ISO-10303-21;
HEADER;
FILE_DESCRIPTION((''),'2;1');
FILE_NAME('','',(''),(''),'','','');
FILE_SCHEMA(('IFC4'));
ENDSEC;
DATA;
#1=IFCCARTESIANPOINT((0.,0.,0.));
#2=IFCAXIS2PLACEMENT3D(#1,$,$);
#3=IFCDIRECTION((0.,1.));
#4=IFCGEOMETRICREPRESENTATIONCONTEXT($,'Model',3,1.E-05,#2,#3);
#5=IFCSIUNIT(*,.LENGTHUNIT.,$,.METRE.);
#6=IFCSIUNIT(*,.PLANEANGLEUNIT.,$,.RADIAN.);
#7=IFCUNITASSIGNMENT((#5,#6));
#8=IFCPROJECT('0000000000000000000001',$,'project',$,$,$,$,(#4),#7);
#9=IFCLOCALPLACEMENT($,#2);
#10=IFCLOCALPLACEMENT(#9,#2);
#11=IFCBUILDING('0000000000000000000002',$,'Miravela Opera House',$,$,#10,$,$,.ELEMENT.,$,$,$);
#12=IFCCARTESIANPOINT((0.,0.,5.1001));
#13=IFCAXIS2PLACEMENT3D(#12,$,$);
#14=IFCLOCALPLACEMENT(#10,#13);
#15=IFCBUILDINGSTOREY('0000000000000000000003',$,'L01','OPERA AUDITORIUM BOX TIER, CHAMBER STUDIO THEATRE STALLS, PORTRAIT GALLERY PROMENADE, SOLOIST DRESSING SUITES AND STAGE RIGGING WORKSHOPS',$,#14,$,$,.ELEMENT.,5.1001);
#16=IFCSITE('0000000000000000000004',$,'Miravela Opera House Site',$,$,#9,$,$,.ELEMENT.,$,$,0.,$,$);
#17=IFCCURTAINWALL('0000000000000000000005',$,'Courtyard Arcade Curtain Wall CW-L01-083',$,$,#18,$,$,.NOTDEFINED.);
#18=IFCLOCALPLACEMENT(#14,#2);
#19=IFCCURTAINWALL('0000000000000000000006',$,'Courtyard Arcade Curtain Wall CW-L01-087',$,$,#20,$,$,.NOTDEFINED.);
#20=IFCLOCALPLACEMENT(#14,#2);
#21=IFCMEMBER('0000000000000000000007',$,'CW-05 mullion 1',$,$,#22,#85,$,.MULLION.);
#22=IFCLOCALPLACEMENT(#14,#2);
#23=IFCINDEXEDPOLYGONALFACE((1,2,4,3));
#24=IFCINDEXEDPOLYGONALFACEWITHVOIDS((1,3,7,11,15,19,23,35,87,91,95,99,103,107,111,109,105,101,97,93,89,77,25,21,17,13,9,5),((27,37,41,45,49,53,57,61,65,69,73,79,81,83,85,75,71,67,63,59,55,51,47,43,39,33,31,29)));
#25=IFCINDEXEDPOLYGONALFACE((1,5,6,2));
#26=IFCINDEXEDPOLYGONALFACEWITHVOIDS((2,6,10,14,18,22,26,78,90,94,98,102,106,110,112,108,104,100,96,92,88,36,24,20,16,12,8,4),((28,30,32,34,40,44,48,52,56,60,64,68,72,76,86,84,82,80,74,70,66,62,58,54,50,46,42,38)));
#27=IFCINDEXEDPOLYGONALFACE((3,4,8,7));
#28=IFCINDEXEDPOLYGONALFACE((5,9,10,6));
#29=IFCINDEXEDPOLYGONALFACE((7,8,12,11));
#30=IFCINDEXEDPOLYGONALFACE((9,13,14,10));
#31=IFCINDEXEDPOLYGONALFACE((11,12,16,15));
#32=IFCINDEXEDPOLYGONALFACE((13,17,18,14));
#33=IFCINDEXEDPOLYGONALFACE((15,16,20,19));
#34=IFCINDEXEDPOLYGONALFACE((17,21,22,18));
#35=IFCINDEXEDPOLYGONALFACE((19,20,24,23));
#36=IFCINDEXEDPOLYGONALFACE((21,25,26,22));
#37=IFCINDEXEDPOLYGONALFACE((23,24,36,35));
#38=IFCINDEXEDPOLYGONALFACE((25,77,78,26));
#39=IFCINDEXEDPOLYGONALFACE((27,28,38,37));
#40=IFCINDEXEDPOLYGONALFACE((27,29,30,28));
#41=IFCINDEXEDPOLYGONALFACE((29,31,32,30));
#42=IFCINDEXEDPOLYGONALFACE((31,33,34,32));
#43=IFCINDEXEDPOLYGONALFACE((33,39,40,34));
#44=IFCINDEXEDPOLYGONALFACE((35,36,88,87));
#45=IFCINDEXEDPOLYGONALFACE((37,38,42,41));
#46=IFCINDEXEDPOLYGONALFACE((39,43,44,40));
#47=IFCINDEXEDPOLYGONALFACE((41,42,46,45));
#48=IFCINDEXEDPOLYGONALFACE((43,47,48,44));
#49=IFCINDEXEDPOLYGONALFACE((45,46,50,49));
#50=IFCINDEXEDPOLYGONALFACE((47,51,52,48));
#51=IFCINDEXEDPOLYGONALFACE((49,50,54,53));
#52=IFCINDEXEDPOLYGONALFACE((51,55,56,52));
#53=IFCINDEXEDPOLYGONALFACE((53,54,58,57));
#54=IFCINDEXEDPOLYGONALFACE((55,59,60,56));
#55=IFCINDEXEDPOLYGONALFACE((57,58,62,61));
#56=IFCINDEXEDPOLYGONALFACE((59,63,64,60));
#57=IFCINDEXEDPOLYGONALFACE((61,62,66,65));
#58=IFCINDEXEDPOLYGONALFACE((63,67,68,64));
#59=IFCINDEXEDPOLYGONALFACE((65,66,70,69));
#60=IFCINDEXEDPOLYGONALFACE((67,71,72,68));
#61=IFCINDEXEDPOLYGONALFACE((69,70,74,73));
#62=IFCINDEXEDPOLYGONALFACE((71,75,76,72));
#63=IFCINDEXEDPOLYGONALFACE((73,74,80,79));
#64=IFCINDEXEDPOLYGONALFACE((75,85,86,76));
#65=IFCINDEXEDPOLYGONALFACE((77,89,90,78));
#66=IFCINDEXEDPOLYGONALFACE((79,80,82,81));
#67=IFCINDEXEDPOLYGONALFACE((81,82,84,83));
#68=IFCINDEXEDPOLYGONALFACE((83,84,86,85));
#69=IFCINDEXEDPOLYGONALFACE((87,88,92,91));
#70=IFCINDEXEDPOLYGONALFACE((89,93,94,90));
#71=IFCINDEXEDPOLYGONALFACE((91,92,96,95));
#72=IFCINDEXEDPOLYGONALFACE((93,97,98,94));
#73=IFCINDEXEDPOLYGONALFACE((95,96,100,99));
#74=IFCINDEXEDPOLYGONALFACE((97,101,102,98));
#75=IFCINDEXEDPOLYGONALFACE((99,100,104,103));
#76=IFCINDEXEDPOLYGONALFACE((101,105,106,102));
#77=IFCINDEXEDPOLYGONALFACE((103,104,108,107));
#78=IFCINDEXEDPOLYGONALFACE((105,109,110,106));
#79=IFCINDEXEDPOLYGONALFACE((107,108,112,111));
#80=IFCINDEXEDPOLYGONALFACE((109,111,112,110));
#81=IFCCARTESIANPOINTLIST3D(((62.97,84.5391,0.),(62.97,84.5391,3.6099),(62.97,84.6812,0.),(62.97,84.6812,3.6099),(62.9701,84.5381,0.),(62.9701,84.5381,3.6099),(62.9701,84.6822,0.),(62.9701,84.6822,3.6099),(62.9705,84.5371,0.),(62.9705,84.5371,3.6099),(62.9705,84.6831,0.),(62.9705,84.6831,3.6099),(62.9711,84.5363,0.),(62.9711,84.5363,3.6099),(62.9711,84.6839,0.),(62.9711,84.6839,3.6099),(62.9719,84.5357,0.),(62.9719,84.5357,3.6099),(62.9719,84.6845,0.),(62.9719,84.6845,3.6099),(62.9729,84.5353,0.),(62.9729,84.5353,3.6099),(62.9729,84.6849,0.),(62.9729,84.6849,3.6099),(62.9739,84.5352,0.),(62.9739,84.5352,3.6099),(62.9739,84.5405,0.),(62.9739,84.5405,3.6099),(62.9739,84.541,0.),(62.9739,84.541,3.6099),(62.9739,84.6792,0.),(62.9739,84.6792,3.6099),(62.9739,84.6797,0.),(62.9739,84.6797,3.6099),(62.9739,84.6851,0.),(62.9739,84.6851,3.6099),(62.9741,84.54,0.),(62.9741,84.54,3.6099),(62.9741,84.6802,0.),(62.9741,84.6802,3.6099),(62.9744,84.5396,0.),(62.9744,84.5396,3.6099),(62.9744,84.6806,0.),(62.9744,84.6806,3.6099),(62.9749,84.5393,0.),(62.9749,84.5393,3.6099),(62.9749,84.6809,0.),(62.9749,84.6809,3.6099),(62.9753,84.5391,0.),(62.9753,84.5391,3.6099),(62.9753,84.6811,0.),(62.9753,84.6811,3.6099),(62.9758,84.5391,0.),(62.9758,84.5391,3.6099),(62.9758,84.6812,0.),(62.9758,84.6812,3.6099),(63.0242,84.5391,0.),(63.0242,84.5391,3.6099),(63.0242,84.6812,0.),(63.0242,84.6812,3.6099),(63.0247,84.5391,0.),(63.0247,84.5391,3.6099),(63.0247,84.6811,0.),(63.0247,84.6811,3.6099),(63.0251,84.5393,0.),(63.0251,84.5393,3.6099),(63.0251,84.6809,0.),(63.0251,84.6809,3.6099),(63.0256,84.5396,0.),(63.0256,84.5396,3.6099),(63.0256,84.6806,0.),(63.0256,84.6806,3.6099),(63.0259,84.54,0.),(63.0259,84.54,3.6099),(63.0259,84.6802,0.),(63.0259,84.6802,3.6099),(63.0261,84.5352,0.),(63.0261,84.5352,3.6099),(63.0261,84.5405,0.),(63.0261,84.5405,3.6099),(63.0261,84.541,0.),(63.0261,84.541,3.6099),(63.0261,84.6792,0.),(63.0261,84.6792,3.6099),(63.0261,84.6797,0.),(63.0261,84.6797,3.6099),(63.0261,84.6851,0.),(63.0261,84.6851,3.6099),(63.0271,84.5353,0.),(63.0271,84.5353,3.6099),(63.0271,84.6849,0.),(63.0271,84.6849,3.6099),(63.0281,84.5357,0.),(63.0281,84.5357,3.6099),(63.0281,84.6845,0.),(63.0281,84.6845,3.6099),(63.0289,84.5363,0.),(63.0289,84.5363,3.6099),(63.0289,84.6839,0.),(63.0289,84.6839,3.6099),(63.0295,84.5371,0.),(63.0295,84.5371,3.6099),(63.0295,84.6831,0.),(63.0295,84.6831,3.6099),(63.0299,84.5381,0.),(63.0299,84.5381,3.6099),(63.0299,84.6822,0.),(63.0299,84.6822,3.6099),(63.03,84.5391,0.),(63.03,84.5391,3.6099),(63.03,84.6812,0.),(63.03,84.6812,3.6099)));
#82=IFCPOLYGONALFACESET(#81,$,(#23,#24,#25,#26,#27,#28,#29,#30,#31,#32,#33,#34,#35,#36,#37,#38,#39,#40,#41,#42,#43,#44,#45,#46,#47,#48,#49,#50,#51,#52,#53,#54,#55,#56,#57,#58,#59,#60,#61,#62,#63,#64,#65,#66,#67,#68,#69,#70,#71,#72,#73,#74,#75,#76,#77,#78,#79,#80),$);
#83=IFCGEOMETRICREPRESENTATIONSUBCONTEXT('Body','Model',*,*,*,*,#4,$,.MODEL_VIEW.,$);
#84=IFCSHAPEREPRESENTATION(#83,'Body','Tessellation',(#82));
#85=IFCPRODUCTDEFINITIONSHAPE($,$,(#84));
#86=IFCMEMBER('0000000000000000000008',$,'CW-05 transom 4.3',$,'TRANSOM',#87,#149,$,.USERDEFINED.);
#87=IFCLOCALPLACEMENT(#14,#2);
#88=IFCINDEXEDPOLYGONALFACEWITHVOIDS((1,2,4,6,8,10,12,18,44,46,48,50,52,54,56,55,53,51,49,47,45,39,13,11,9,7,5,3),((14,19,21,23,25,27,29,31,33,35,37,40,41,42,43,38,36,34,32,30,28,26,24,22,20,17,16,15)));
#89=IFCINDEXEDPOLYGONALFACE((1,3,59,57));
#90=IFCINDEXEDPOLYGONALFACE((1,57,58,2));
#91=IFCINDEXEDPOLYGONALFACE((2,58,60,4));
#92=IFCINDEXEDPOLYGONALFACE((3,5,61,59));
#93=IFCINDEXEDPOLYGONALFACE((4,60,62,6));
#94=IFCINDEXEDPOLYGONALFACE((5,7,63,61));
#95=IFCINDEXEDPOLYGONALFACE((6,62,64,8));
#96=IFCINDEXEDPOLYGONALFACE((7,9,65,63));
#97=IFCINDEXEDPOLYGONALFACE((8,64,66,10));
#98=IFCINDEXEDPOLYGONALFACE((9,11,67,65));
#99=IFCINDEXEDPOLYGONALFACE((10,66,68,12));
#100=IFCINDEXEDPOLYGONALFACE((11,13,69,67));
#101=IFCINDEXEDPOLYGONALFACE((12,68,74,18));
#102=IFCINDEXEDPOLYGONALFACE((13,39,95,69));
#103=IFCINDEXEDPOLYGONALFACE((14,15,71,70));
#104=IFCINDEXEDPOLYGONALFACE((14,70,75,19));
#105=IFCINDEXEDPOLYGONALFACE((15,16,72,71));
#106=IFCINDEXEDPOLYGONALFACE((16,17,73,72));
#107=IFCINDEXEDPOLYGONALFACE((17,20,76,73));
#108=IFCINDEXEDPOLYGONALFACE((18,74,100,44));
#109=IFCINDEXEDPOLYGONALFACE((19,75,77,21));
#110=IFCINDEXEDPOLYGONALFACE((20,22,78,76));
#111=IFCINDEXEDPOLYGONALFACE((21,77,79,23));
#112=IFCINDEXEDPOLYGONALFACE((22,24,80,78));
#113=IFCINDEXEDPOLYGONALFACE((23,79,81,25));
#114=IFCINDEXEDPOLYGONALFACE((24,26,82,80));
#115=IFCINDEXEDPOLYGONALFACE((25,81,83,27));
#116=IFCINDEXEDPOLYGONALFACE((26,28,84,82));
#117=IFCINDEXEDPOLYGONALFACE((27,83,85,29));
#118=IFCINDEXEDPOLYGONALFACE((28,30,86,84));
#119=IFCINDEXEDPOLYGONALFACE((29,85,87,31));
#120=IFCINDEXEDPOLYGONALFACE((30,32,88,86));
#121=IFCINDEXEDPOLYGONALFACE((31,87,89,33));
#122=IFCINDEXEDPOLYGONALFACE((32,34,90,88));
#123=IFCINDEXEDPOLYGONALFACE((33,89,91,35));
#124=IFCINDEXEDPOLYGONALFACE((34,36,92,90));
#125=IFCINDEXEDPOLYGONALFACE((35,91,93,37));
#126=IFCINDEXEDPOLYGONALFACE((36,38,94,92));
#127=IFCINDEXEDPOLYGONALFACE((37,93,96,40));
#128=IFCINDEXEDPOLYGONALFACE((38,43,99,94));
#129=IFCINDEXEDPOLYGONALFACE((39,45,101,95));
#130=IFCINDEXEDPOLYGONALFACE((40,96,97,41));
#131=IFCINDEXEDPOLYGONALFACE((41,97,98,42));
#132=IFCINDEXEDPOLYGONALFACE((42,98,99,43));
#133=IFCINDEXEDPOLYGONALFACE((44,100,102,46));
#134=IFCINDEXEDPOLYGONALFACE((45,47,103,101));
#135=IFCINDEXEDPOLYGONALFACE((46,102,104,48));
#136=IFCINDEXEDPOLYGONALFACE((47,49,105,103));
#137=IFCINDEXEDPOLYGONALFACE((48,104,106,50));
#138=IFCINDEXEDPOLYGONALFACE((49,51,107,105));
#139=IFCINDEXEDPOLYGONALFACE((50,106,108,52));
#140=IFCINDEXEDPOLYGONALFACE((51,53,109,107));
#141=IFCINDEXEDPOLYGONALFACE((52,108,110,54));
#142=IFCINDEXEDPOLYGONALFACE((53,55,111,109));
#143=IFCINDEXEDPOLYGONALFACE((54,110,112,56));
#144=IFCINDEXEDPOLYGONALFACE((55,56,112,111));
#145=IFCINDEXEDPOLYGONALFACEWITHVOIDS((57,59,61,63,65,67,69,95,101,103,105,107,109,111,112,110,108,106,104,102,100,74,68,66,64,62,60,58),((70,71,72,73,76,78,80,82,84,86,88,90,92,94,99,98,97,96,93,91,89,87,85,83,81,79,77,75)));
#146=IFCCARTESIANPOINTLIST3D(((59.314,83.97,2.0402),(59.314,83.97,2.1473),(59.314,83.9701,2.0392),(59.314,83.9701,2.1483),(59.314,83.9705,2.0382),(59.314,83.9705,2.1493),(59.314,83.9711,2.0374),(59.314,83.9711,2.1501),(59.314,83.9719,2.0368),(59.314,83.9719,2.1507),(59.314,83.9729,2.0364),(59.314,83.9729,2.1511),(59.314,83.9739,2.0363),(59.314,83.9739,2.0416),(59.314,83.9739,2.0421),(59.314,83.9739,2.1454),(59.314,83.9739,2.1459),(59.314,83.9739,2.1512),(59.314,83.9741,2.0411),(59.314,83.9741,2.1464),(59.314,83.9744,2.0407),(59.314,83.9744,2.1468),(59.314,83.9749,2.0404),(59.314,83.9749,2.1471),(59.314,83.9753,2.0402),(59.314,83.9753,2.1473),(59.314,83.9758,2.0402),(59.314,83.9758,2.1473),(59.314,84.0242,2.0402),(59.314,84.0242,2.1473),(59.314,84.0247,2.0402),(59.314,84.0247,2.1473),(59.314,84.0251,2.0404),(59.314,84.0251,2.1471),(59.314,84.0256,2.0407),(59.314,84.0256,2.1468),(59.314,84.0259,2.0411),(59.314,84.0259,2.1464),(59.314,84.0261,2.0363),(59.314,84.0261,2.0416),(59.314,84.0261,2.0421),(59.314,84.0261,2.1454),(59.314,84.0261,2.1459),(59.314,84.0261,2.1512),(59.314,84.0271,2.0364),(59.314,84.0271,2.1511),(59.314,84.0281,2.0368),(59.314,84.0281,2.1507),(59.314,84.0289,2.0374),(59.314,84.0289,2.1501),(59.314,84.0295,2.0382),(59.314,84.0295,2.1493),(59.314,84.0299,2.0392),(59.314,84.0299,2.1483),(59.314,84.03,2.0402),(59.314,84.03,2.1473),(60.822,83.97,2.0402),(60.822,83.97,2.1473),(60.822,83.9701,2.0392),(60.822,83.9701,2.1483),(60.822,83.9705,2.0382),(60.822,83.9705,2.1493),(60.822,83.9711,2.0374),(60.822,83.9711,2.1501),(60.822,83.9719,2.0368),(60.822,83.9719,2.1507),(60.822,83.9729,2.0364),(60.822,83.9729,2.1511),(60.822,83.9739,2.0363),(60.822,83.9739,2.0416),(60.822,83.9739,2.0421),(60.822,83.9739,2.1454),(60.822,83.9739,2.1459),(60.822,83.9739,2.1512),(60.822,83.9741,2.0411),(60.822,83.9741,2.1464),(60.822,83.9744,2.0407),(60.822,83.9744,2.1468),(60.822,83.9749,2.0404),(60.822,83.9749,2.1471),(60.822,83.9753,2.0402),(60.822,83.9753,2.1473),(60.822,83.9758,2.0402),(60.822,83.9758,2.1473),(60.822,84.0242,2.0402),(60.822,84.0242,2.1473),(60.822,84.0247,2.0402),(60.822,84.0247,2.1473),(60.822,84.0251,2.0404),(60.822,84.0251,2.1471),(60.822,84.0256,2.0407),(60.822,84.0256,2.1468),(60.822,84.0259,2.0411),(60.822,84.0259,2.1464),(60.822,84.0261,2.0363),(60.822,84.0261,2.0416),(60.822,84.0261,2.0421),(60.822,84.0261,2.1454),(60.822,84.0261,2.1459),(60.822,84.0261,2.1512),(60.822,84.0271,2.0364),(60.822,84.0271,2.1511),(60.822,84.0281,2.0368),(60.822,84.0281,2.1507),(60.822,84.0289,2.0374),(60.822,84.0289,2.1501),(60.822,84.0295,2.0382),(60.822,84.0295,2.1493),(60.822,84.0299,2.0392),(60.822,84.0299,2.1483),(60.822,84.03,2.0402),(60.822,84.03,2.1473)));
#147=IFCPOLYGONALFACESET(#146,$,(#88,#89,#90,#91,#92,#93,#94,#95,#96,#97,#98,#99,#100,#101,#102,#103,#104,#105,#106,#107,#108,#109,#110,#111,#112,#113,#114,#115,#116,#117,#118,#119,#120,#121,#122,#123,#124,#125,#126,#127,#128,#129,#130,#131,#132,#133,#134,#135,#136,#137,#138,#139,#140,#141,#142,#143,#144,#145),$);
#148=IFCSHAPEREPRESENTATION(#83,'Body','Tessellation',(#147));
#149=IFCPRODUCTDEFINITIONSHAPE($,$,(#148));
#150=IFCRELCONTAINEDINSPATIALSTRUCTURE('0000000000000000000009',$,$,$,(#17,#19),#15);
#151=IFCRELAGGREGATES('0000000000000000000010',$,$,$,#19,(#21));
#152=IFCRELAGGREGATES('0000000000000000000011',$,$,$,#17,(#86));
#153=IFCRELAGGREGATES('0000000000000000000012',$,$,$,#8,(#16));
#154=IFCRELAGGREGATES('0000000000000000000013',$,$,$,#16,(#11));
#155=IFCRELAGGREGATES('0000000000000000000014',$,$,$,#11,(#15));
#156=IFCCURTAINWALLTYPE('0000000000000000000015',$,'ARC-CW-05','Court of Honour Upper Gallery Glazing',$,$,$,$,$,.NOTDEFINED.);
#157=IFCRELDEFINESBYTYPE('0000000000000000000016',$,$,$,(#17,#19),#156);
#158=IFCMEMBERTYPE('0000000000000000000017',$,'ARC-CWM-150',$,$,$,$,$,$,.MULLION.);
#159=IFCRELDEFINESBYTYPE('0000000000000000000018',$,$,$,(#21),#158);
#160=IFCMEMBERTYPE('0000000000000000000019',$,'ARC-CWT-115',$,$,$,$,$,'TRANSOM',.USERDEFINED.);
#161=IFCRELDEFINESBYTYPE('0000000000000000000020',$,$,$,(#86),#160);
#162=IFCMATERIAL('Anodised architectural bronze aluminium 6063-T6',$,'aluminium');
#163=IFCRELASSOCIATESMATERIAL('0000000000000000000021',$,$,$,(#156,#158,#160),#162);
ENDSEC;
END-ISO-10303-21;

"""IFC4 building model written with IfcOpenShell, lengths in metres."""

from ifc_helpers import new_model, si_unit, direction, frame, origin, origin_2d, place, context, subcontext, project, spatial, hollow_rectangle, extrude, material, material_profile, profile_set, type_object, element, aggregate, save


model = new_model("IFC4")

# Units and contexts
model_context = context("Model", 3, precision=1e-05, world=origin(), true_north=direction((0.0, 1.0)))
body_context = subcontext(model_context, "Body", "Model", "MODEL_VIEW")
ifc_project = project(units=[si_unit("LENGTHUNIT", "METRE"), si_unit("PLANEANGLEUNIT", "RADIAN")], contexts=[model_context])

# Site, building, storey
site_placement = place(None, origin())
site = spatial("IfcSite", under=ifc_project, at=site_placement, Name="Miravela Opera House Site", CompositionType="ELEMENT", RefElevation=0.0)
building_placement = place(site_placement, origin())
building = spatial("IfcBuilding", under=site, at=building_placement, Name="Miravela Opera House", CompositionType="ELEMENT")
storey_placement = place(building_placement, frame((0.0, 0.0, 5.1001)))
storey = spatial("IfcBuildingStorey", under=building, at=storey_placement, Name="L01", Description="OPERA AUDITORIUM BOX TIER, CHAMBER STUDIO THEATRE STALLS, PORTRAIT GALLERY PROMENADE, SOLOIST DRESSING SUITES AND STAGE RIGGING WORKSHOPS", CompositionType="ELEMENT", Elevation=5.1001)

# Curtain wall
ifc_material_1 = material(Name="Anodised architectural bronze aluminium 6063-T6", Category="aluminium")
curtain_wall_type = type_object("IfcCurtainWallType", Name="ARC-CW-05", Description="Court of Honour Upper Gallery Glazing", PredefinedType="NOTDEFINED", material=ifc_material_1)
curtain_wall_1_placement = place(storey_placement, origin())
curtain_wall_1 = element("IfcCurtainWall", 1, at=curtain_wall_1_placement, inside=storey, type_object=curtain_wall_type, Name="Courtyard Arcade Curtain Wall CW-L01-083", PredefinedType="NOTDEFINED")
ifc_material_profile_1 = material_profile(ifc_material_1, hollow_rectangle(XDim=0.0601, YDim=0.1499, WallThickness=0.0039, InnerFilletRadius=0.002, OuterFilletRadius=0.0039, at=origin_2d()), Name="CWM-60X150")
ifc_profile_set_1 = profile_set([ifc_material_profile_1])
member_type_1 = type_object("IfcMemberType", Name="ARC-CWM-150", PredefinedType="MULLION", material=ifc_profile_set_1)

# Curtain wall, member
curtain_wall_2_placement = place(storey_placement, origin())
curtain_wall_2 = element("IfcCurtainWall", 2, at=curtain_wall_2_placement, inside=storey, type_object=curtain_wall_type, Name="Courtyard Arcade Curtain Wall CW-L01-087", PredefinedType="NOTDEFINED")
member_1_placement = place(storey_placement, frame((63.0, 84.6101, 0.0), z_axis=(0.0, 0.0, 1.0), x_axis=(-1.0, 0.0, 0.0)))
member_1 = element("IfcMember", 3, at=member_1_placement, type_object=member_type_1, Name="CW-05 mullion 1", PredefinedType="MULLION", context=body_context, shape_type="SweptSolid", body=[
    extrude(hollow_rectangle(XDim=0.0601, YDim=0.1499, WallThickness=0.0039, InnerFilletRadius=0.002, OuterFilletRadius=0.0039, at=origin_2d()), origin(), (0.0, 0.0, 1.0), 3.6099),
])

# Member
ifc_material_profile_2 = material_profile(ifc_material_1, hollow_rectangle(XDim=0.0601, YDim=0.115, WallThickness=0.0039, InnerFilletRadius=0.002, OuterFilletRadius=0.0039, at=origin_2d()), Name="CWT-60X115")
ifc_profile_set_2 = profile_set([ifc_material_profile_2])
member_type_2 = type_object("IfcMemberType", Name="ARC-CWT-115", ElementType="TRANSOM", PredefinedType="USERDEFINED", material=ifc_profile_set_2)
member_2_placement = place(storey_placement, frame((59.314, 84.0, 2.0938), z_axis=(1.0, 0.0, 0.0), x_axis=(0.0, 1.0, 0.0)))
member_2 = element("IfcMember", 4, at=member_2_placement, type_object=member_type_2, Name="CW-05 transom 4.3", ObjectType="TRANSOM", PredefinedType="USERDEFINED", context=body_context, shape_type="SweptSolid", body=[
    extrude(hollow_rectangle(XDim=0.0601, YDim=0.115, WallThickness=0.0039, InnerFilletRadius=0.002, OuterFilletRadius=0.0039, at=origin_2d()), origin(), (0.0, 0.0, 1.0), 1.5081),
])
aggregate(curtain_wall_2, [member_1])

aggregate(curtain_wall_1, [member_2])

save(model, "model.ifc")
